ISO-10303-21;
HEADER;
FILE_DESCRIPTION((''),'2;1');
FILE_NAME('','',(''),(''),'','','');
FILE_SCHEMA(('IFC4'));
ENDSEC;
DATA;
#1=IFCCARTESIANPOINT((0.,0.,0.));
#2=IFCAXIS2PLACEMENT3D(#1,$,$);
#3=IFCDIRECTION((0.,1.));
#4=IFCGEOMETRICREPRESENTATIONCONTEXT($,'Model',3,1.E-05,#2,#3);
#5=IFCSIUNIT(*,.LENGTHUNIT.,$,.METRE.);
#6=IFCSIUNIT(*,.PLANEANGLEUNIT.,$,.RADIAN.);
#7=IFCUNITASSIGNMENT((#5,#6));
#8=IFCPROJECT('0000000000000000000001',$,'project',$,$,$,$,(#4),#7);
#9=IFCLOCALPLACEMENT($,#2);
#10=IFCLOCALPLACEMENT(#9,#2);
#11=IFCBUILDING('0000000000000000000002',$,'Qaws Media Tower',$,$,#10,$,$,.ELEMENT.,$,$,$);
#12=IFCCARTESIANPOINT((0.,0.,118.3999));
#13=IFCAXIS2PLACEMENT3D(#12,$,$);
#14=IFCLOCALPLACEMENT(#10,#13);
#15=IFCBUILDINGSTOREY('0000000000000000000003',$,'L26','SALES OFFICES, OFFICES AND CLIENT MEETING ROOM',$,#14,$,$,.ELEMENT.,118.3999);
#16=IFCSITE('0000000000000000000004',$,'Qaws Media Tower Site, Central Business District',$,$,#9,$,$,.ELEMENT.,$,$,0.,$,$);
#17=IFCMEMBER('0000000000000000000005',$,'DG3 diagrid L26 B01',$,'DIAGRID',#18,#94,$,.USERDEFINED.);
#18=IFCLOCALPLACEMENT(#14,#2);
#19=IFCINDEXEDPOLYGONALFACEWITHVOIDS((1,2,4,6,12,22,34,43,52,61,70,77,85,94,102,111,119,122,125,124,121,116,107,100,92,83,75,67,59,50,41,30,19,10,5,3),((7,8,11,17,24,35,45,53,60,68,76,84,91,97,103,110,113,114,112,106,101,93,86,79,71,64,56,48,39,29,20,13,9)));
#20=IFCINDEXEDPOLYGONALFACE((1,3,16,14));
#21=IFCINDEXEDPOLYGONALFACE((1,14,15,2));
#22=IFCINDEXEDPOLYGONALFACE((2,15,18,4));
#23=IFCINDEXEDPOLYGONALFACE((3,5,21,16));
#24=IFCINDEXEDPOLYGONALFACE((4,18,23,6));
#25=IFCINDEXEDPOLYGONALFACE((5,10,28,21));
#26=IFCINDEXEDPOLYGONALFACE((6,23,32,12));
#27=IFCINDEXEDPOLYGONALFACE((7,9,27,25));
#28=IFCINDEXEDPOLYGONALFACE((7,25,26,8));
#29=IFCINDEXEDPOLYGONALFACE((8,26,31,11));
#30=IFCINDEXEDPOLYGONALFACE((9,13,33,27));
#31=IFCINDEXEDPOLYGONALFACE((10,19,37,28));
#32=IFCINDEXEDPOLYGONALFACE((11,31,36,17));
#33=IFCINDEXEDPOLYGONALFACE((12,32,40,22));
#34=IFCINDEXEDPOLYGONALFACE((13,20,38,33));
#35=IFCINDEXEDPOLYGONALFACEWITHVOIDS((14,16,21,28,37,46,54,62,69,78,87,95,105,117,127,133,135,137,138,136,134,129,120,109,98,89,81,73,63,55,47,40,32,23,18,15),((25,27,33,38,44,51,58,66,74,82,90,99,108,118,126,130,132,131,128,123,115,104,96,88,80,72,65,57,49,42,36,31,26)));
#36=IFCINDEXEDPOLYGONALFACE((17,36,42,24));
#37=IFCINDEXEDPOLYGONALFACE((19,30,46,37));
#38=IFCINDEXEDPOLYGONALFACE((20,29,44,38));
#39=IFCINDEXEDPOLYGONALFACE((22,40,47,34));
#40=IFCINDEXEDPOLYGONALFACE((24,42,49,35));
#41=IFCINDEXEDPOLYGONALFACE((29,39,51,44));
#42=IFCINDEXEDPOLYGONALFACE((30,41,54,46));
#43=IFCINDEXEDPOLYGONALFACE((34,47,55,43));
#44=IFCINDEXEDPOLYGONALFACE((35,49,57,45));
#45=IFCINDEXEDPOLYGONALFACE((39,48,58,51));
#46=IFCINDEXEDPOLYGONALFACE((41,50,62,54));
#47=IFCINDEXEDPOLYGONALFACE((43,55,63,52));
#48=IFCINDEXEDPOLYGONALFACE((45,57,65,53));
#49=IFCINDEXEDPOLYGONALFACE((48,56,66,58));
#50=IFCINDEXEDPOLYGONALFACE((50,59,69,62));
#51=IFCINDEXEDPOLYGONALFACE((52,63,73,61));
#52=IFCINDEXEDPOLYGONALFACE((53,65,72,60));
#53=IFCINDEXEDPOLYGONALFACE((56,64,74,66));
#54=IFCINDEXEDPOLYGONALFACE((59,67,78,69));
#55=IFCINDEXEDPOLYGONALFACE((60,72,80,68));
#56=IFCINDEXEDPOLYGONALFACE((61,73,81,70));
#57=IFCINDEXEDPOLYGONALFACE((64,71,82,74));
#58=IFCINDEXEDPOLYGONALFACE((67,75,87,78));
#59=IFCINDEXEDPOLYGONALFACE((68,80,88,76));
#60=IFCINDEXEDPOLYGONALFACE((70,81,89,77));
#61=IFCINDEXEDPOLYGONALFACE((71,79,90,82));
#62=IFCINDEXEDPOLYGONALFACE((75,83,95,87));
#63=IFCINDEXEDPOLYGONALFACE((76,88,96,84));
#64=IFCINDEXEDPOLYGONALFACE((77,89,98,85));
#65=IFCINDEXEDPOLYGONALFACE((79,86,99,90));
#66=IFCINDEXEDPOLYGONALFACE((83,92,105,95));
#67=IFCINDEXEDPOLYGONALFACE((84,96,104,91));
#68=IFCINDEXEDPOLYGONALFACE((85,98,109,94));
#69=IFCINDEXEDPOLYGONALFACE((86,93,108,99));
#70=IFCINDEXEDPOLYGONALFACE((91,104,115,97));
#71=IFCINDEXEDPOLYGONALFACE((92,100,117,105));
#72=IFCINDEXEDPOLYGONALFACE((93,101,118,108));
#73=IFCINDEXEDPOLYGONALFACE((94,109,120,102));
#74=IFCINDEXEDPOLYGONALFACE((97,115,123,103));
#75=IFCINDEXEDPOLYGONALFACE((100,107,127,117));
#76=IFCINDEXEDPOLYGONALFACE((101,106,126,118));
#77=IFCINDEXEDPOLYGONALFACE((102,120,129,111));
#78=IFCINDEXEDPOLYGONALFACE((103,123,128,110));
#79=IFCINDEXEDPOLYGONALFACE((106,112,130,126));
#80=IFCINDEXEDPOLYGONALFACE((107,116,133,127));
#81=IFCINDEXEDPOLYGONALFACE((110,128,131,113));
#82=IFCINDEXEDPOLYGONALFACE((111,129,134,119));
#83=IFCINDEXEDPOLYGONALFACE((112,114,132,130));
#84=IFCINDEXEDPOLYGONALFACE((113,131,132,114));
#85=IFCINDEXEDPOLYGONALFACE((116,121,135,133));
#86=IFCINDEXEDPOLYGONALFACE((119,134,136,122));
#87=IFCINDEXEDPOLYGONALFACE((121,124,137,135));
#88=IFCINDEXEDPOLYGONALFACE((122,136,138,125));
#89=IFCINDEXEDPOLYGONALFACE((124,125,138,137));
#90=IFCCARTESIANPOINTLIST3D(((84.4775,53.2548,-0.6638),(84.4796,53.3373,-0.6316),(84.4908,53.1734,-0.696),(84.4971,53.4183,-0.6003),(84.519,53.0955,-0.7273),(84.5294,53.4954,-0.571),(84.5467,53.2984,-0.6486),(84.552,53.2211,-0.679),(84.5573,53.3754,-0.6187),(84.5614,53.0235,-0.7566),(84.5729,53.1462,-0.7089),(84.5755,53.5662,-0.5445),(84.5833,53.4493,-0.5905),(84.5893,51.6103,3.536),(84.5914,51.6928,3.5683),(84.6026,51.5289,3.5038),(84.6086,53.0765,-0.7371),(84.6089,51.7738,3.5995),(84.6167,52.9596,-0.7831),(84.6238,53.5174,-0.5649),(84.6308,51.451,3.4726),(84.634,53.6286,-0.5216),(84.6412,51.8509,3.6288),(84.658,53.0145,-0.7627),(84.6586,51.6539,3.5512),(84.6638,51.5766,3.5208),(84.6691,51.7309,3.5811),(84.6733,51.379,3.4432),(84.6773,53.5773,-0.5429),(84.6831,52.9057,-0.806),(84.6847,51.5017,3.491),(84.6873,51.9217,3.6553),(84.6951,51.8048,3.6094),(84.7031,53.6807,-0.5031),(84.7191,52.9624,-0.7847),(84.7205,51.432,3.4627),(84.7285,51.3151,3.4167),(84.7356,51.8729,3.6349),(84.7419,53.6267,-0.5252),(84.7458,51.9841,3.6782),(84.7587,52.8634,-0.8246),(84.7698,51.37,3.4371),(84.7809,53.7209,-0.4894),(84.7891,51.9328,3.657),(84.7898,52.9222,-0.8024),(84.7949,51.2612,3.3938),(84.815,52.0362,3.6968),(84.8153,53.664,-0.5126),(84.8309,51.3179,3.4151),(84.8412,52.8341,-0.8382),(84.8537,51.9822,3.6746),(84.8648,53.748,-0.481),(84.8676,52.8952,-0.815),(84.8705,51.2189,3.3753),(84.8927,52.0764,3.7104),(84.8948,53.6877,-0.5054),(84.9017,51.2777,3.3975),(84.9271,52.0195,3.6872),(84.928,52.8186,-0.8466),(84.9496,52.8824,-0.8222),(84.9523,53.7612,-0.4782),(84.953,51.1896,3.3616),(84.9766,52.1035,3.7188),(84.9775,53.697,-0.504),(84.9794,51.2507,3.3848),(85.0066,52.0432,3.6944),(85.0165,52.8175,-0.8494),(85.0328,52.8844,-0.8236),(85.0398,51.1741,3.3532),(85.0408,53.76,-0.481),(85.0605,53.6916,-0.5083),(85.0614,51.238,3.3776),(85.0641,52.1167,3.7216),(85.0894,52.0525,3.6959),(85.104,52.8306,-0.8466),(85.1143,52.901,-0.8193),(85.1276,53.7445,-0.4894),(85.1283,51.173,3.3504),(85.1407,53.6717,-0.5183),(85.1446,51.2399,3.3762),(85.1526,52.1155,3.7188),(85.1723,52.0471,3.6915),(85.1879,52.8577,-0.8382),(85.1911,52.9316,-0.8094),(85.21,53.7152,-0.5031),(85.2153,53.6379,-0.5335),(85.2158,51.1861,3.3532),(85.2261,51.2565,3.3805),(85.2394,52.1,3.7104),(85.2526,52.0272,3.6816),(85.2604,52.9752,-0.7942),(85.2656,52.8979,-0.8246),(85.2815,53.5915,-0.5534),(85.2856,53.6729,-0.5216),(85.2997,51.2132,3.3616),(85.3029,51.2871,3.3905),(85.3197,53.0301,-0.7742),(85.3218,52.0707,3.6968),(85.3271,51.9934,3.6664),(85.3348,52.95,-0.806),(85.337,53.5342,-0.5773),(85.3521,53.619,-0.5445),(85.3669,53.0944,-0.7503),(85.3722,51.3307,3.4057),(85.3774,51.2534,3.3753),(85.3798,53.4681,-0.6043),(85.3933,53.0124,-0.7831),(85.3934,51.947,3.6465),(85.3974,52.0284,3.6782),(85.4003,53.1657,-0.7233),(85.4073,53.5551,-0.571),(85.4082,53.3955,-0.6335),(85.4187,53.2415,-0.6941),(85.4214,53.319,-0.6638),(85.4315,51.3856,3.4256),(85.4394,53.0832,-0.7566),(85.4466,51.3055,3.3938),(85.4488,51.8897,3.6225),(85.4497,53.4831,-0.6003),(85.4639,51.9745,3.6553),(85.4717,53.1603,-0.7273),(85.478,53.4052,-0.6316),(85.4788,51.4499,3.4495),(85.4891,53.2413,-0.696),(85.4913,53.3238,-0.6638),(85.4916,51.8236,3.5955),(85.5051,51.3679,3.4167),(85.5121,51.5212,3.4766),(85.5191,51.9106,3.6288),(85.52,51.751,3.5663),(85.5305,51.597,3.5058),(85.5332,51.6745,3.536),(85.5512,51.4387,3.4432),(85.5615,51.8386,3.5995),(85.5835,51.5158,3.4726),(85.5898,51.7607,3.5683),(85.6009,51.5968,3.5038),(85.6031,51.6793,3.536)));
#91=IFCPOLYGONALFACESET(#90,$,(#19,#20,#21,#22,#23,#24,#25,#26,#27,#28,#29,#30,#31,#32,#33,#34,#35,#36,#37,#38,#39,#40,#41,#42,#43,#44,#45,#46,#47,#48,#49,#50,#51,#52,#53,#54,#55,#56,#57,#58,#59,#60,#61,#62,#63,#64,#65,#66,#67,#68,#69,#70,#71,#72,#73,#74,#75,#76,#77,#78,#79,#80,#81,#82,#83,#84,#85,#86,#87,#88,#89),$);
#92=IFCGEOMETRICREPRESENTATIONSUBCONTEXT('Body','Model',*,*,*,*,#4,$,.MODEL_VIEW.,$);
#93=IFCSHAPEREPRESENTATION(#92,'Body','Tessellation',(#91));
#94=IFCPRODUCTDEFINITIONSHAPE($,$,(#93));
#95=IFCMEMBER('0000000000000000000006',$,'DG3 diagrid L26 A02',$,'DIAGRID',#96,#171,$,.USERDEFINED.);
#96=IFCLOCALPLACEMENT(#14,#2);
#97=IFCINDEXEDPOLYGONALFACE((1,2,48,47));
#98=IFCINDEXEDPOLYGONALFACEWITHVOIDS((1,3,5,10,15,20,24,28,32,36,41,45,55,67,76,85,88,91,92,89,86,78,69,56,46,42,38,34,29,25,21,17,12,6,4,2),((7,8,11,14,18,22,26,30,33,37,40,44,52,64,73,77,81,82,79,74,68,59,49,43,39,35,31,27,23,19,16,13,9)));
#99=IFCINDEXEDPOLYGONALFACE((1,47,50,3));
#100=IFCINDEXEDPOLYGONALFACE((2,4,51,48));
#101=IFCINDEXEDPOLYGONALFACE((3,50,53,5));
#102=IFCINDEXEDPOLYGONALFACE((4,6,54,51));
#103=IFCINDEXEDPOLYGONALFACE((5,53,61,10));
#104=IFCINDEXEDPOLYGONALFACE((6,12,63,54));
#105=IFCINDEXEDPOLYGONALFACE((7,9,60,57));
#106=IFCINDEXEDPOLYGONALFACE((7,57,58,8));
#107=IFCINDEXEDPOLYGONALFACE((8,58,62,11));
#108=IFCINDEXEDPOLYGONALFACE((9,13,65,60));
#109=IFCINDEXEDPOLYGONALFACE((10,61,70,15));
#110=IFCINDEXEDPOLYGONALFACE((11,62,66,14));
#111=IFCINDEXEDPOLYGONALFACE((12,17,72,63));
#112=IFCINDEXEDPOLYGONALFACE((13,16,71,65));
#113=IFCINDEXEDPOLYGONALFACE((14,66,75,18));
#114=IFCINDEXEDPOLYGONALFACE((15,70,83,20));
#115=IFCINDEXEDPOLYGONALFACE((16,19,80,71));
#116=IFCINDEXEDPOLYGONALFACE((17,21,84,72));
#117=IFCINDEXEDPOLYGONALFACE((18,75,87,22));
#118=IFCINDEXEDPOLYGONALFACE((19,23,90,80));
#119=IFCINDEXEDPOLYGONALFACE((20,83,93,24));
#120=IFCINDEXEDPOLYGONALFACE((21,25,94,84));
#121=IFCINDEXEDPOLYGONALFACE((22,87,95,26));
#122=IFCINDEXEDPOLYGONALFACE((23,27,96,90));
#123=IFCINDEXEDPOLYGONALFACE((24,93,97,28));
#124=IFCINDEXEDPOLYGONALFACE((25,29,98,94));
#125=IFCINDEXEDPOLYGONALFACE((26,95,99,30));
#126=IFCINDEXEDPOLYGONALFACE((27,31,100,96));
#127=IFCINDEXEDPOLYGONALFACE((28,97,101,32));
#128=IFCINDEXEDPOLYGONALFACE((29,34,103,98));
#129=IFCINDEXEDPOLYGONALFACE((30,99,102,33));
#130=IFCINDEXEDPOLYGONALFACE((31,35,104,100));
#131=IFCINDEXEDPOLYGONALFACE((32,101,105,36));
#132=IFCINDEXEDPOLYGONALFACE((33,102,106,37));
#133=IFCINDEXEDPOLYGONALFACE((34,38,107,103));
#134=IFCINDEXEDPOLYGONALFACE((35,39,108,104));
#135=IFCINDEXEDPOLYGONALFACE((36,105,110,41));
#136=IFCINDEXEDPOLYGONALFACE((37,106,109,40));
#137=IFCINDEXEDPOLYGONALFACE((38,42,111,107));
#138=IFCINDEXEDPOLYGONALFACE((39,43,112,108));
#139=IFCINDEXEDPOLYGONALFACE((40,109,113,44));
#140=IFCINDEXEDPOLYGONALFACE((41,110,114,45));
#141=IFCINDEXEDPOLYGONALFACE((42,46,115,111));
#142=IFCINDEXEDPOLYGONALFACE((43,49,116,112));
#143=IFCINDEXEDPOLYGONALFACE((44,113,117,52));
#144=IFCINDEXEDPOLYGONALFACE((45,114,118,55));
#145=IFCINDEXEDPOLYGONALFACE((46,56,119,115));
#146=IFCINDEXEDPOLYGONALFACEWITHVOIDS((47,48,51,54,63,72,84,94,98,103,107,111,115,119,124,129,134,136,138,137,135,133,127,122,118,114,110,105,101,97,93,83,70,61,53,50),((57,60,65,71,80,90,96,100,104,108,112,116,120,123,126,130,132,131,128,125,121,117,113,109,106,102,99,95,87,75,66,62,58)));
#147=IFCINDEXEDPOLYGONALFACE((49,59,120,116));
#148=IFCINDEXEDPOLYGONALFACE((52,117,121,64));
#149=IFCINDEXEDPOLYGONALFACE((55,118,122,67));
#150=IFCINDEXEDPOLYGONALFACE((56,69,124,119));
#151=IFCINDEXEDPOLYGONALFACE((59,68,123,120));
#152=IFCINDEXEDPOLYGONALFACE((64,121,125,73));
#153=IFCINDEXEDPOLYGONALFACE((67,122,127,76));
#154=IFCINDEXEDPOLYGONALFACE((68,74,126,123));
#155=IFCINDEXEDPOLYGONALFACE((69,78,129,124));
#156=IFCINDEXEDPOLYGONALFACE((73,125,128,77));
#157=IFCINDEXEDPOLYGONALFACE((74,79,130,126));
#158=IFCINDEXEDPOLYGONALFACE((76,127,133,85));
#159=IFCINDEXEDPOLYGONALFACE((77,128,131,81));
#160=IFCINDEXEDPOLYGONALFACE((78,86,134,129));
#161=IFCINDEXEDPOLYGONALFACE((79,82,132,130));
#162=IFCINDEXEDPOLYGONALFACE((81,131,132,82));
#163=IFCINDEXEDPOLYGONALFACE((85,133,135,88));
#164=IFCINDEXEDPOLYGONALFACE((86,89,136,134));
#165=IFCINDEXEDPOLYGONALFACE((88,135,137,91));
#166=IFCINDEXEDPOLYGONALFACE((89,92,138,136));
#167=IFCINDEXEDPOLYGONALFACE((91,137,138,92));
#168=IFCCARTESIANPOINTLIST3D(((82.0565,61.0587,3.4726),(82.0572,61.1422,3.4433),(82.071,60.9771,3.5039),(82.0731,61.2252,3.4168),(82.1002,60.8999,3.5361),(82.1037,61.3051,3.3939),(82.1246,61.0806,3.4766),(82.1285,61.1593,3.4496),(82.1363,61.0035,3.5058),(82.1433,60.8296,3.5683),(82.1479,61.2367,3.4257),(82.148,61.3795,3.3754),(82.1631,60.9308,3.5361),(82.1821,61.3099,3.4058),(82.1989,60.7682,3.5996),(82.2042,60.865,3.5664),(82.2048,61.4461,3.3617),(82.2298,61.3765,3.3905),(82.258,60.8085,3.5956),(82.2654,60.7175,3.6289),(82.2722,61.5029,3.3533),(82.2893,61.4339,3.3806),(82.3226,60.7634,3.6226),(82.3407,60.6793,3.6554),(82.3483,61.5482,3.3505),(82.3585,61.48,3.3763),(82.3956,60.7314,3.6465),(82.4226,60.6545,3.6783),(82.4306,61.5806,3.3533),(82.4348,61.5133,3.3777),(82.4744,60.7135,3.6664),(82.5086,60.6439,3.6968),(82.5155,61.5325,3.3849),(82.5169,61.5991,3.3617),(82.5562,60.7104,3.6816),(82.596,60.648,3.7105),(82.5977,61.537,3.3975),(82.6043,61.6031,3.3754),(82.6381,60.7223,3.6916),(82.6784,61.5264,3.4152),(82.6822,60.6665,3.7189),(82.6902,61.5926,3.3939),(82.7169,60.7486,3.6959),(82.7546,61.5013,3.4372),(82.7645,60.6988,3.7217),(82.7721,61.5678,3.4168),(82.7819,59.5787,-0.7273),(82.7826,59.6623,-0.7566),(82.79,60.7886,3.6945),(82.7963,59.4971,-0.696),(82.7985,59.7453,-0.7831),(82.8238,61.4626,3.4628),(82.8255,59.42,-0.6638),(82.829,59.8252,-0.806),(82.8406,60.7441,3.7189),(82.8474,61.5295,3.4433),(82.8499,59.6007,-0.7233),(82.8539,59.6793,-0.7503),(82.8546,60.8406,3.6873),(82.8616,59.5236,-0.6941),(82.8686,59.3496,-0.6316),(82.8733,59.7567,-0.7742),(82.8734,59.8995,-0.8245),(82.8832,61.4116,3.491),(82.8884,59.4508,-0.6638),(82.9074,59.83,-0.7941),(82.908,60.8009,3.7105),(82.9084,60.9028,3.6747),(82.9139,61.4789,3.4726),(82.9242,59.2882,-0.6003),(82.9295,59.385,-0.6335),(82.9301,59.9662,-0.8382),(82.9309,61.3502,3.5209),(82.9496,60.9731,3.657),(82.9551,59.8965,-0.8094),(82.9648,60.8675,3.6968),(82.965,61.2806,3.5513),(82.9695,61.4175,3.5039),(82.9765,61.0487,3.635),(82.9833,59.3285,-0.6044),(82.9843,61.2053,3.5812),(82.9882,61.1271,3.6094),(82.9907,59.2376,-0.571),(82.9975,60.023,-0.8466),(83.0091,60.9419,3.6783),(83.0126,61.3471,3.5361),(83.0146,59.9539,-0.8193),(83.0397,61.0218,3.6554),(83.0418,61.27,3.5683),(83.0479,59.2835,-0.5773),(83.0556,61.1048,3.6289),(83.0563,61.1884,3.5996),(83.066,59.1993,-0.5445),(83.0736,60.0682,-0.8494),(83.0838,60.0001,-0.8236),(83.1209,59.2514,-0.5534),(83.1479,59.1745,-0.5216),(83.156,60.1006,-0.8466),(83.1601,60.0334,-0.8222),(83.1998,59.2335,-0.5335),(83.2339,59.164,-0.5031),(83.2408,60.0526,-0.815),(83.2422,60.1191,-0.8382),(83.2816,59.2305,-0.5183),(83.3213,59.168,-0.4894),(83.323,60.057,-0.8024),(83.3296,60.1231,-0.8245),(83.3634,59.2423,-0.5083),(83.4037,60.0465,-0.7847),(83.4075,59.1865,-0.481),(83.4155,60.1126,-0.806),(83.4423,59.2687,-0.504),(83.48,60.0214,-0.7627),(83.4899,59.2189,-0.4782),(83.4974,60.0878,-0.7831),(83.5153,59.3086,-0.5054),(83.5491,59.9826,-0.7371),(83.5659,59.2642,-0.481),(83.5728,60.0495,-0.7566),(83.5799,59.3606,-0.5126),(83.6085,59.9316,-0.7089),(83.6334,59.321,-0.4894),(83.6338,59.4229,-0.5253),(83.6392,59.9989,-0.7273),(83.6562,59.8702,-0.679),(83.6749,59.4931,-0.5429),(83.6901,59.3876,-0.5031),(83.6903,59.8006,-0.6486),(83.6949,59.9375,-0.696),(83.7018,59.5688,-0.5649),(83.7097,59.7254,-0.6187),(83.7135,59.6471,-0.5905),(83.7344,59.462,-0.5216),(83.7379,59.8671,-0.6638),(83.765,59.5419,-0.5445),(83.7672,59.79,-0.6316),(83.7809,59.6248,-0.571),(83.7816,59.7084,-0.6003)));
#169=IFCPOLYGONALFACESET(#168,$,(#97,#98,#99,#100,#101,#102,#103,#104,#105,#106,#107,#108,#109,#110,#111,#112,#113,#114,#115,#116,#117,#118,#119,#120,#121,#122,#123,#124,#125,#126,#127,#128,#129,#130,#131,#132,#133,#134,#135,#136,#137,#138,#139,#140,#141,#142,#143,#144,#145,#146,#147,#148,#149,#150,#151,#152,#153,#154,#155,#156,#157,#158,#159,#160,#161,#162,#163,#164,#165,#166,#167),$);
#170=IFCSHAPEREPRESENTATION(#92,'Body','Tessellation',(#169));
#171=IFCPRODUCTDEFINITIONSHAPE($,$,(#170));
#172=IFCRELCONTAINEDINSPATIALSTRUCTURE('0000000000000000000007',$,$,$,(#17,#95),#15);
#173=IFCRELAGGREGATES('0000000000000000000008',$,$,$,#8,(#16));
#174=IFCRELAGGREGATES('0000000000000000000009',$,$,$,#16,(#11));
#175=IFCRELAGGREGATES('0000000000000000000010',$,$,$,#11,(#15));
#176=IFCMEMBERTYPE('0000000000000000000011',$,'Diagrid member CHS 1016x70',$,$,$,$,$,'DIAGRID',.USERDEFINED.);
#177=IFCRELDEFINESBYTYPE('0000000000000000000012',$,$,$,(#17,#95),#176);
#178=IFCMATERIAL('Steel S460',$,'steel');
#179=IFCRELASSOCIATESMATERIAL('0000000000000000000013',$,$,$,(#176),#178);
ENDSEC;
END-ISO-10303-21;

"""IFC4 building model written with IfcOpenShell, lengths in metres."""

from ifc_helpers import new_model, si_unit, direction, frame, origin, origin_2d, place, context, subcontext, project, spatial, hollow_circle, extrude, material, material_profile, profile_set, type_object, element, save


model = new_model("IFC4")

# Units and contexts
model_context = context("Model", 3, precision=1e-05, world=origin(), true_north=direction((0.0, 1.0)))
body_context = subcontext(model_context, "Body", "Model", "MODEL_VIEW")
ifc_project = project(units=[si_unit("LENGTHUNIT", "METRE"), si_unit("PLANEANGLEUNIT", "RADIAN")], contexts=[model_context])

# Site, building, storey
site_placement = place(None, origin())
site = spatial("IfcSite", under=ifc_project, at=site_placement, Name="Qaws Media Tower Site, Central Business District", CompositionType="ELEMENT", RefElevation=0.0)
building_placement = place(site_placement, origin())
building = spatial("IfcBuilding", under=site, at=building_placement, Name="Qaws Media Tower", CompositionType="ELEMENT")
storey_placement = place(building_placement, frame((0.0, 0.0, 118.3999)))
storey = spatial("IfcBuildingStorey", under=building, at=storey_placement, Name="L26", Description="SALES OFFICES, OFFICES AND CLIENT MEETING ROOM", CompositionType="ELEMENT", Elevation=118.3999)

# Members
ifc_material_1 = material(Name="Steel S460", Category="steel")
ifc_material_profile_1 = material_profile(ifc_material_1, hollow_circle(Radius=0.5081, WallThickness=0.0701, at=origin_2d()), Name="CHS 1016x70")
ifc_profile_set_1 = profile_set([ifc_material_profile_1], Name="Steel S460")
member_type_1 = type_object("IfcMemberType", Name="Diagrid member CHS 1016x70", ElementType="DIAGRID", PredefinedType="USERDEFINED", material=ifc_profile_set_1)
for number, where, z_axis, x_axis, name in (
    (1, (84.9844, 53.2893, -0.6638), (0.024783, -0.364493, 0.930876), (0.997696, 0.067836, 0.0), "DG3 diagrid L26 B01"),
    (2, (83.2817, 59.6436, -0.6638), (-0.160767, 0.328027, 0.930888), (-0.897954, -0.440089, 0.0), "DG3 diagrid L26 A02"),
):
    element("IfcMember", number, at=place(storey_placement, frame(where, z_axis=z_axis, x_axis=x_axis)), inside=storey, type_object=member_type_1, Name=name, ObjectType="DIAGRID", PredefinedType="USERDEFINED", context=body_context, shape_type="SweptSolid", body=[
        extrude(hollow_circle(Radius=0.5081, WallThickness=0.0701, at=origin_2d()), origin(), (0.0, 0.0, 1.0), 4.5117),
    ])

save(model, "model.ifc")
